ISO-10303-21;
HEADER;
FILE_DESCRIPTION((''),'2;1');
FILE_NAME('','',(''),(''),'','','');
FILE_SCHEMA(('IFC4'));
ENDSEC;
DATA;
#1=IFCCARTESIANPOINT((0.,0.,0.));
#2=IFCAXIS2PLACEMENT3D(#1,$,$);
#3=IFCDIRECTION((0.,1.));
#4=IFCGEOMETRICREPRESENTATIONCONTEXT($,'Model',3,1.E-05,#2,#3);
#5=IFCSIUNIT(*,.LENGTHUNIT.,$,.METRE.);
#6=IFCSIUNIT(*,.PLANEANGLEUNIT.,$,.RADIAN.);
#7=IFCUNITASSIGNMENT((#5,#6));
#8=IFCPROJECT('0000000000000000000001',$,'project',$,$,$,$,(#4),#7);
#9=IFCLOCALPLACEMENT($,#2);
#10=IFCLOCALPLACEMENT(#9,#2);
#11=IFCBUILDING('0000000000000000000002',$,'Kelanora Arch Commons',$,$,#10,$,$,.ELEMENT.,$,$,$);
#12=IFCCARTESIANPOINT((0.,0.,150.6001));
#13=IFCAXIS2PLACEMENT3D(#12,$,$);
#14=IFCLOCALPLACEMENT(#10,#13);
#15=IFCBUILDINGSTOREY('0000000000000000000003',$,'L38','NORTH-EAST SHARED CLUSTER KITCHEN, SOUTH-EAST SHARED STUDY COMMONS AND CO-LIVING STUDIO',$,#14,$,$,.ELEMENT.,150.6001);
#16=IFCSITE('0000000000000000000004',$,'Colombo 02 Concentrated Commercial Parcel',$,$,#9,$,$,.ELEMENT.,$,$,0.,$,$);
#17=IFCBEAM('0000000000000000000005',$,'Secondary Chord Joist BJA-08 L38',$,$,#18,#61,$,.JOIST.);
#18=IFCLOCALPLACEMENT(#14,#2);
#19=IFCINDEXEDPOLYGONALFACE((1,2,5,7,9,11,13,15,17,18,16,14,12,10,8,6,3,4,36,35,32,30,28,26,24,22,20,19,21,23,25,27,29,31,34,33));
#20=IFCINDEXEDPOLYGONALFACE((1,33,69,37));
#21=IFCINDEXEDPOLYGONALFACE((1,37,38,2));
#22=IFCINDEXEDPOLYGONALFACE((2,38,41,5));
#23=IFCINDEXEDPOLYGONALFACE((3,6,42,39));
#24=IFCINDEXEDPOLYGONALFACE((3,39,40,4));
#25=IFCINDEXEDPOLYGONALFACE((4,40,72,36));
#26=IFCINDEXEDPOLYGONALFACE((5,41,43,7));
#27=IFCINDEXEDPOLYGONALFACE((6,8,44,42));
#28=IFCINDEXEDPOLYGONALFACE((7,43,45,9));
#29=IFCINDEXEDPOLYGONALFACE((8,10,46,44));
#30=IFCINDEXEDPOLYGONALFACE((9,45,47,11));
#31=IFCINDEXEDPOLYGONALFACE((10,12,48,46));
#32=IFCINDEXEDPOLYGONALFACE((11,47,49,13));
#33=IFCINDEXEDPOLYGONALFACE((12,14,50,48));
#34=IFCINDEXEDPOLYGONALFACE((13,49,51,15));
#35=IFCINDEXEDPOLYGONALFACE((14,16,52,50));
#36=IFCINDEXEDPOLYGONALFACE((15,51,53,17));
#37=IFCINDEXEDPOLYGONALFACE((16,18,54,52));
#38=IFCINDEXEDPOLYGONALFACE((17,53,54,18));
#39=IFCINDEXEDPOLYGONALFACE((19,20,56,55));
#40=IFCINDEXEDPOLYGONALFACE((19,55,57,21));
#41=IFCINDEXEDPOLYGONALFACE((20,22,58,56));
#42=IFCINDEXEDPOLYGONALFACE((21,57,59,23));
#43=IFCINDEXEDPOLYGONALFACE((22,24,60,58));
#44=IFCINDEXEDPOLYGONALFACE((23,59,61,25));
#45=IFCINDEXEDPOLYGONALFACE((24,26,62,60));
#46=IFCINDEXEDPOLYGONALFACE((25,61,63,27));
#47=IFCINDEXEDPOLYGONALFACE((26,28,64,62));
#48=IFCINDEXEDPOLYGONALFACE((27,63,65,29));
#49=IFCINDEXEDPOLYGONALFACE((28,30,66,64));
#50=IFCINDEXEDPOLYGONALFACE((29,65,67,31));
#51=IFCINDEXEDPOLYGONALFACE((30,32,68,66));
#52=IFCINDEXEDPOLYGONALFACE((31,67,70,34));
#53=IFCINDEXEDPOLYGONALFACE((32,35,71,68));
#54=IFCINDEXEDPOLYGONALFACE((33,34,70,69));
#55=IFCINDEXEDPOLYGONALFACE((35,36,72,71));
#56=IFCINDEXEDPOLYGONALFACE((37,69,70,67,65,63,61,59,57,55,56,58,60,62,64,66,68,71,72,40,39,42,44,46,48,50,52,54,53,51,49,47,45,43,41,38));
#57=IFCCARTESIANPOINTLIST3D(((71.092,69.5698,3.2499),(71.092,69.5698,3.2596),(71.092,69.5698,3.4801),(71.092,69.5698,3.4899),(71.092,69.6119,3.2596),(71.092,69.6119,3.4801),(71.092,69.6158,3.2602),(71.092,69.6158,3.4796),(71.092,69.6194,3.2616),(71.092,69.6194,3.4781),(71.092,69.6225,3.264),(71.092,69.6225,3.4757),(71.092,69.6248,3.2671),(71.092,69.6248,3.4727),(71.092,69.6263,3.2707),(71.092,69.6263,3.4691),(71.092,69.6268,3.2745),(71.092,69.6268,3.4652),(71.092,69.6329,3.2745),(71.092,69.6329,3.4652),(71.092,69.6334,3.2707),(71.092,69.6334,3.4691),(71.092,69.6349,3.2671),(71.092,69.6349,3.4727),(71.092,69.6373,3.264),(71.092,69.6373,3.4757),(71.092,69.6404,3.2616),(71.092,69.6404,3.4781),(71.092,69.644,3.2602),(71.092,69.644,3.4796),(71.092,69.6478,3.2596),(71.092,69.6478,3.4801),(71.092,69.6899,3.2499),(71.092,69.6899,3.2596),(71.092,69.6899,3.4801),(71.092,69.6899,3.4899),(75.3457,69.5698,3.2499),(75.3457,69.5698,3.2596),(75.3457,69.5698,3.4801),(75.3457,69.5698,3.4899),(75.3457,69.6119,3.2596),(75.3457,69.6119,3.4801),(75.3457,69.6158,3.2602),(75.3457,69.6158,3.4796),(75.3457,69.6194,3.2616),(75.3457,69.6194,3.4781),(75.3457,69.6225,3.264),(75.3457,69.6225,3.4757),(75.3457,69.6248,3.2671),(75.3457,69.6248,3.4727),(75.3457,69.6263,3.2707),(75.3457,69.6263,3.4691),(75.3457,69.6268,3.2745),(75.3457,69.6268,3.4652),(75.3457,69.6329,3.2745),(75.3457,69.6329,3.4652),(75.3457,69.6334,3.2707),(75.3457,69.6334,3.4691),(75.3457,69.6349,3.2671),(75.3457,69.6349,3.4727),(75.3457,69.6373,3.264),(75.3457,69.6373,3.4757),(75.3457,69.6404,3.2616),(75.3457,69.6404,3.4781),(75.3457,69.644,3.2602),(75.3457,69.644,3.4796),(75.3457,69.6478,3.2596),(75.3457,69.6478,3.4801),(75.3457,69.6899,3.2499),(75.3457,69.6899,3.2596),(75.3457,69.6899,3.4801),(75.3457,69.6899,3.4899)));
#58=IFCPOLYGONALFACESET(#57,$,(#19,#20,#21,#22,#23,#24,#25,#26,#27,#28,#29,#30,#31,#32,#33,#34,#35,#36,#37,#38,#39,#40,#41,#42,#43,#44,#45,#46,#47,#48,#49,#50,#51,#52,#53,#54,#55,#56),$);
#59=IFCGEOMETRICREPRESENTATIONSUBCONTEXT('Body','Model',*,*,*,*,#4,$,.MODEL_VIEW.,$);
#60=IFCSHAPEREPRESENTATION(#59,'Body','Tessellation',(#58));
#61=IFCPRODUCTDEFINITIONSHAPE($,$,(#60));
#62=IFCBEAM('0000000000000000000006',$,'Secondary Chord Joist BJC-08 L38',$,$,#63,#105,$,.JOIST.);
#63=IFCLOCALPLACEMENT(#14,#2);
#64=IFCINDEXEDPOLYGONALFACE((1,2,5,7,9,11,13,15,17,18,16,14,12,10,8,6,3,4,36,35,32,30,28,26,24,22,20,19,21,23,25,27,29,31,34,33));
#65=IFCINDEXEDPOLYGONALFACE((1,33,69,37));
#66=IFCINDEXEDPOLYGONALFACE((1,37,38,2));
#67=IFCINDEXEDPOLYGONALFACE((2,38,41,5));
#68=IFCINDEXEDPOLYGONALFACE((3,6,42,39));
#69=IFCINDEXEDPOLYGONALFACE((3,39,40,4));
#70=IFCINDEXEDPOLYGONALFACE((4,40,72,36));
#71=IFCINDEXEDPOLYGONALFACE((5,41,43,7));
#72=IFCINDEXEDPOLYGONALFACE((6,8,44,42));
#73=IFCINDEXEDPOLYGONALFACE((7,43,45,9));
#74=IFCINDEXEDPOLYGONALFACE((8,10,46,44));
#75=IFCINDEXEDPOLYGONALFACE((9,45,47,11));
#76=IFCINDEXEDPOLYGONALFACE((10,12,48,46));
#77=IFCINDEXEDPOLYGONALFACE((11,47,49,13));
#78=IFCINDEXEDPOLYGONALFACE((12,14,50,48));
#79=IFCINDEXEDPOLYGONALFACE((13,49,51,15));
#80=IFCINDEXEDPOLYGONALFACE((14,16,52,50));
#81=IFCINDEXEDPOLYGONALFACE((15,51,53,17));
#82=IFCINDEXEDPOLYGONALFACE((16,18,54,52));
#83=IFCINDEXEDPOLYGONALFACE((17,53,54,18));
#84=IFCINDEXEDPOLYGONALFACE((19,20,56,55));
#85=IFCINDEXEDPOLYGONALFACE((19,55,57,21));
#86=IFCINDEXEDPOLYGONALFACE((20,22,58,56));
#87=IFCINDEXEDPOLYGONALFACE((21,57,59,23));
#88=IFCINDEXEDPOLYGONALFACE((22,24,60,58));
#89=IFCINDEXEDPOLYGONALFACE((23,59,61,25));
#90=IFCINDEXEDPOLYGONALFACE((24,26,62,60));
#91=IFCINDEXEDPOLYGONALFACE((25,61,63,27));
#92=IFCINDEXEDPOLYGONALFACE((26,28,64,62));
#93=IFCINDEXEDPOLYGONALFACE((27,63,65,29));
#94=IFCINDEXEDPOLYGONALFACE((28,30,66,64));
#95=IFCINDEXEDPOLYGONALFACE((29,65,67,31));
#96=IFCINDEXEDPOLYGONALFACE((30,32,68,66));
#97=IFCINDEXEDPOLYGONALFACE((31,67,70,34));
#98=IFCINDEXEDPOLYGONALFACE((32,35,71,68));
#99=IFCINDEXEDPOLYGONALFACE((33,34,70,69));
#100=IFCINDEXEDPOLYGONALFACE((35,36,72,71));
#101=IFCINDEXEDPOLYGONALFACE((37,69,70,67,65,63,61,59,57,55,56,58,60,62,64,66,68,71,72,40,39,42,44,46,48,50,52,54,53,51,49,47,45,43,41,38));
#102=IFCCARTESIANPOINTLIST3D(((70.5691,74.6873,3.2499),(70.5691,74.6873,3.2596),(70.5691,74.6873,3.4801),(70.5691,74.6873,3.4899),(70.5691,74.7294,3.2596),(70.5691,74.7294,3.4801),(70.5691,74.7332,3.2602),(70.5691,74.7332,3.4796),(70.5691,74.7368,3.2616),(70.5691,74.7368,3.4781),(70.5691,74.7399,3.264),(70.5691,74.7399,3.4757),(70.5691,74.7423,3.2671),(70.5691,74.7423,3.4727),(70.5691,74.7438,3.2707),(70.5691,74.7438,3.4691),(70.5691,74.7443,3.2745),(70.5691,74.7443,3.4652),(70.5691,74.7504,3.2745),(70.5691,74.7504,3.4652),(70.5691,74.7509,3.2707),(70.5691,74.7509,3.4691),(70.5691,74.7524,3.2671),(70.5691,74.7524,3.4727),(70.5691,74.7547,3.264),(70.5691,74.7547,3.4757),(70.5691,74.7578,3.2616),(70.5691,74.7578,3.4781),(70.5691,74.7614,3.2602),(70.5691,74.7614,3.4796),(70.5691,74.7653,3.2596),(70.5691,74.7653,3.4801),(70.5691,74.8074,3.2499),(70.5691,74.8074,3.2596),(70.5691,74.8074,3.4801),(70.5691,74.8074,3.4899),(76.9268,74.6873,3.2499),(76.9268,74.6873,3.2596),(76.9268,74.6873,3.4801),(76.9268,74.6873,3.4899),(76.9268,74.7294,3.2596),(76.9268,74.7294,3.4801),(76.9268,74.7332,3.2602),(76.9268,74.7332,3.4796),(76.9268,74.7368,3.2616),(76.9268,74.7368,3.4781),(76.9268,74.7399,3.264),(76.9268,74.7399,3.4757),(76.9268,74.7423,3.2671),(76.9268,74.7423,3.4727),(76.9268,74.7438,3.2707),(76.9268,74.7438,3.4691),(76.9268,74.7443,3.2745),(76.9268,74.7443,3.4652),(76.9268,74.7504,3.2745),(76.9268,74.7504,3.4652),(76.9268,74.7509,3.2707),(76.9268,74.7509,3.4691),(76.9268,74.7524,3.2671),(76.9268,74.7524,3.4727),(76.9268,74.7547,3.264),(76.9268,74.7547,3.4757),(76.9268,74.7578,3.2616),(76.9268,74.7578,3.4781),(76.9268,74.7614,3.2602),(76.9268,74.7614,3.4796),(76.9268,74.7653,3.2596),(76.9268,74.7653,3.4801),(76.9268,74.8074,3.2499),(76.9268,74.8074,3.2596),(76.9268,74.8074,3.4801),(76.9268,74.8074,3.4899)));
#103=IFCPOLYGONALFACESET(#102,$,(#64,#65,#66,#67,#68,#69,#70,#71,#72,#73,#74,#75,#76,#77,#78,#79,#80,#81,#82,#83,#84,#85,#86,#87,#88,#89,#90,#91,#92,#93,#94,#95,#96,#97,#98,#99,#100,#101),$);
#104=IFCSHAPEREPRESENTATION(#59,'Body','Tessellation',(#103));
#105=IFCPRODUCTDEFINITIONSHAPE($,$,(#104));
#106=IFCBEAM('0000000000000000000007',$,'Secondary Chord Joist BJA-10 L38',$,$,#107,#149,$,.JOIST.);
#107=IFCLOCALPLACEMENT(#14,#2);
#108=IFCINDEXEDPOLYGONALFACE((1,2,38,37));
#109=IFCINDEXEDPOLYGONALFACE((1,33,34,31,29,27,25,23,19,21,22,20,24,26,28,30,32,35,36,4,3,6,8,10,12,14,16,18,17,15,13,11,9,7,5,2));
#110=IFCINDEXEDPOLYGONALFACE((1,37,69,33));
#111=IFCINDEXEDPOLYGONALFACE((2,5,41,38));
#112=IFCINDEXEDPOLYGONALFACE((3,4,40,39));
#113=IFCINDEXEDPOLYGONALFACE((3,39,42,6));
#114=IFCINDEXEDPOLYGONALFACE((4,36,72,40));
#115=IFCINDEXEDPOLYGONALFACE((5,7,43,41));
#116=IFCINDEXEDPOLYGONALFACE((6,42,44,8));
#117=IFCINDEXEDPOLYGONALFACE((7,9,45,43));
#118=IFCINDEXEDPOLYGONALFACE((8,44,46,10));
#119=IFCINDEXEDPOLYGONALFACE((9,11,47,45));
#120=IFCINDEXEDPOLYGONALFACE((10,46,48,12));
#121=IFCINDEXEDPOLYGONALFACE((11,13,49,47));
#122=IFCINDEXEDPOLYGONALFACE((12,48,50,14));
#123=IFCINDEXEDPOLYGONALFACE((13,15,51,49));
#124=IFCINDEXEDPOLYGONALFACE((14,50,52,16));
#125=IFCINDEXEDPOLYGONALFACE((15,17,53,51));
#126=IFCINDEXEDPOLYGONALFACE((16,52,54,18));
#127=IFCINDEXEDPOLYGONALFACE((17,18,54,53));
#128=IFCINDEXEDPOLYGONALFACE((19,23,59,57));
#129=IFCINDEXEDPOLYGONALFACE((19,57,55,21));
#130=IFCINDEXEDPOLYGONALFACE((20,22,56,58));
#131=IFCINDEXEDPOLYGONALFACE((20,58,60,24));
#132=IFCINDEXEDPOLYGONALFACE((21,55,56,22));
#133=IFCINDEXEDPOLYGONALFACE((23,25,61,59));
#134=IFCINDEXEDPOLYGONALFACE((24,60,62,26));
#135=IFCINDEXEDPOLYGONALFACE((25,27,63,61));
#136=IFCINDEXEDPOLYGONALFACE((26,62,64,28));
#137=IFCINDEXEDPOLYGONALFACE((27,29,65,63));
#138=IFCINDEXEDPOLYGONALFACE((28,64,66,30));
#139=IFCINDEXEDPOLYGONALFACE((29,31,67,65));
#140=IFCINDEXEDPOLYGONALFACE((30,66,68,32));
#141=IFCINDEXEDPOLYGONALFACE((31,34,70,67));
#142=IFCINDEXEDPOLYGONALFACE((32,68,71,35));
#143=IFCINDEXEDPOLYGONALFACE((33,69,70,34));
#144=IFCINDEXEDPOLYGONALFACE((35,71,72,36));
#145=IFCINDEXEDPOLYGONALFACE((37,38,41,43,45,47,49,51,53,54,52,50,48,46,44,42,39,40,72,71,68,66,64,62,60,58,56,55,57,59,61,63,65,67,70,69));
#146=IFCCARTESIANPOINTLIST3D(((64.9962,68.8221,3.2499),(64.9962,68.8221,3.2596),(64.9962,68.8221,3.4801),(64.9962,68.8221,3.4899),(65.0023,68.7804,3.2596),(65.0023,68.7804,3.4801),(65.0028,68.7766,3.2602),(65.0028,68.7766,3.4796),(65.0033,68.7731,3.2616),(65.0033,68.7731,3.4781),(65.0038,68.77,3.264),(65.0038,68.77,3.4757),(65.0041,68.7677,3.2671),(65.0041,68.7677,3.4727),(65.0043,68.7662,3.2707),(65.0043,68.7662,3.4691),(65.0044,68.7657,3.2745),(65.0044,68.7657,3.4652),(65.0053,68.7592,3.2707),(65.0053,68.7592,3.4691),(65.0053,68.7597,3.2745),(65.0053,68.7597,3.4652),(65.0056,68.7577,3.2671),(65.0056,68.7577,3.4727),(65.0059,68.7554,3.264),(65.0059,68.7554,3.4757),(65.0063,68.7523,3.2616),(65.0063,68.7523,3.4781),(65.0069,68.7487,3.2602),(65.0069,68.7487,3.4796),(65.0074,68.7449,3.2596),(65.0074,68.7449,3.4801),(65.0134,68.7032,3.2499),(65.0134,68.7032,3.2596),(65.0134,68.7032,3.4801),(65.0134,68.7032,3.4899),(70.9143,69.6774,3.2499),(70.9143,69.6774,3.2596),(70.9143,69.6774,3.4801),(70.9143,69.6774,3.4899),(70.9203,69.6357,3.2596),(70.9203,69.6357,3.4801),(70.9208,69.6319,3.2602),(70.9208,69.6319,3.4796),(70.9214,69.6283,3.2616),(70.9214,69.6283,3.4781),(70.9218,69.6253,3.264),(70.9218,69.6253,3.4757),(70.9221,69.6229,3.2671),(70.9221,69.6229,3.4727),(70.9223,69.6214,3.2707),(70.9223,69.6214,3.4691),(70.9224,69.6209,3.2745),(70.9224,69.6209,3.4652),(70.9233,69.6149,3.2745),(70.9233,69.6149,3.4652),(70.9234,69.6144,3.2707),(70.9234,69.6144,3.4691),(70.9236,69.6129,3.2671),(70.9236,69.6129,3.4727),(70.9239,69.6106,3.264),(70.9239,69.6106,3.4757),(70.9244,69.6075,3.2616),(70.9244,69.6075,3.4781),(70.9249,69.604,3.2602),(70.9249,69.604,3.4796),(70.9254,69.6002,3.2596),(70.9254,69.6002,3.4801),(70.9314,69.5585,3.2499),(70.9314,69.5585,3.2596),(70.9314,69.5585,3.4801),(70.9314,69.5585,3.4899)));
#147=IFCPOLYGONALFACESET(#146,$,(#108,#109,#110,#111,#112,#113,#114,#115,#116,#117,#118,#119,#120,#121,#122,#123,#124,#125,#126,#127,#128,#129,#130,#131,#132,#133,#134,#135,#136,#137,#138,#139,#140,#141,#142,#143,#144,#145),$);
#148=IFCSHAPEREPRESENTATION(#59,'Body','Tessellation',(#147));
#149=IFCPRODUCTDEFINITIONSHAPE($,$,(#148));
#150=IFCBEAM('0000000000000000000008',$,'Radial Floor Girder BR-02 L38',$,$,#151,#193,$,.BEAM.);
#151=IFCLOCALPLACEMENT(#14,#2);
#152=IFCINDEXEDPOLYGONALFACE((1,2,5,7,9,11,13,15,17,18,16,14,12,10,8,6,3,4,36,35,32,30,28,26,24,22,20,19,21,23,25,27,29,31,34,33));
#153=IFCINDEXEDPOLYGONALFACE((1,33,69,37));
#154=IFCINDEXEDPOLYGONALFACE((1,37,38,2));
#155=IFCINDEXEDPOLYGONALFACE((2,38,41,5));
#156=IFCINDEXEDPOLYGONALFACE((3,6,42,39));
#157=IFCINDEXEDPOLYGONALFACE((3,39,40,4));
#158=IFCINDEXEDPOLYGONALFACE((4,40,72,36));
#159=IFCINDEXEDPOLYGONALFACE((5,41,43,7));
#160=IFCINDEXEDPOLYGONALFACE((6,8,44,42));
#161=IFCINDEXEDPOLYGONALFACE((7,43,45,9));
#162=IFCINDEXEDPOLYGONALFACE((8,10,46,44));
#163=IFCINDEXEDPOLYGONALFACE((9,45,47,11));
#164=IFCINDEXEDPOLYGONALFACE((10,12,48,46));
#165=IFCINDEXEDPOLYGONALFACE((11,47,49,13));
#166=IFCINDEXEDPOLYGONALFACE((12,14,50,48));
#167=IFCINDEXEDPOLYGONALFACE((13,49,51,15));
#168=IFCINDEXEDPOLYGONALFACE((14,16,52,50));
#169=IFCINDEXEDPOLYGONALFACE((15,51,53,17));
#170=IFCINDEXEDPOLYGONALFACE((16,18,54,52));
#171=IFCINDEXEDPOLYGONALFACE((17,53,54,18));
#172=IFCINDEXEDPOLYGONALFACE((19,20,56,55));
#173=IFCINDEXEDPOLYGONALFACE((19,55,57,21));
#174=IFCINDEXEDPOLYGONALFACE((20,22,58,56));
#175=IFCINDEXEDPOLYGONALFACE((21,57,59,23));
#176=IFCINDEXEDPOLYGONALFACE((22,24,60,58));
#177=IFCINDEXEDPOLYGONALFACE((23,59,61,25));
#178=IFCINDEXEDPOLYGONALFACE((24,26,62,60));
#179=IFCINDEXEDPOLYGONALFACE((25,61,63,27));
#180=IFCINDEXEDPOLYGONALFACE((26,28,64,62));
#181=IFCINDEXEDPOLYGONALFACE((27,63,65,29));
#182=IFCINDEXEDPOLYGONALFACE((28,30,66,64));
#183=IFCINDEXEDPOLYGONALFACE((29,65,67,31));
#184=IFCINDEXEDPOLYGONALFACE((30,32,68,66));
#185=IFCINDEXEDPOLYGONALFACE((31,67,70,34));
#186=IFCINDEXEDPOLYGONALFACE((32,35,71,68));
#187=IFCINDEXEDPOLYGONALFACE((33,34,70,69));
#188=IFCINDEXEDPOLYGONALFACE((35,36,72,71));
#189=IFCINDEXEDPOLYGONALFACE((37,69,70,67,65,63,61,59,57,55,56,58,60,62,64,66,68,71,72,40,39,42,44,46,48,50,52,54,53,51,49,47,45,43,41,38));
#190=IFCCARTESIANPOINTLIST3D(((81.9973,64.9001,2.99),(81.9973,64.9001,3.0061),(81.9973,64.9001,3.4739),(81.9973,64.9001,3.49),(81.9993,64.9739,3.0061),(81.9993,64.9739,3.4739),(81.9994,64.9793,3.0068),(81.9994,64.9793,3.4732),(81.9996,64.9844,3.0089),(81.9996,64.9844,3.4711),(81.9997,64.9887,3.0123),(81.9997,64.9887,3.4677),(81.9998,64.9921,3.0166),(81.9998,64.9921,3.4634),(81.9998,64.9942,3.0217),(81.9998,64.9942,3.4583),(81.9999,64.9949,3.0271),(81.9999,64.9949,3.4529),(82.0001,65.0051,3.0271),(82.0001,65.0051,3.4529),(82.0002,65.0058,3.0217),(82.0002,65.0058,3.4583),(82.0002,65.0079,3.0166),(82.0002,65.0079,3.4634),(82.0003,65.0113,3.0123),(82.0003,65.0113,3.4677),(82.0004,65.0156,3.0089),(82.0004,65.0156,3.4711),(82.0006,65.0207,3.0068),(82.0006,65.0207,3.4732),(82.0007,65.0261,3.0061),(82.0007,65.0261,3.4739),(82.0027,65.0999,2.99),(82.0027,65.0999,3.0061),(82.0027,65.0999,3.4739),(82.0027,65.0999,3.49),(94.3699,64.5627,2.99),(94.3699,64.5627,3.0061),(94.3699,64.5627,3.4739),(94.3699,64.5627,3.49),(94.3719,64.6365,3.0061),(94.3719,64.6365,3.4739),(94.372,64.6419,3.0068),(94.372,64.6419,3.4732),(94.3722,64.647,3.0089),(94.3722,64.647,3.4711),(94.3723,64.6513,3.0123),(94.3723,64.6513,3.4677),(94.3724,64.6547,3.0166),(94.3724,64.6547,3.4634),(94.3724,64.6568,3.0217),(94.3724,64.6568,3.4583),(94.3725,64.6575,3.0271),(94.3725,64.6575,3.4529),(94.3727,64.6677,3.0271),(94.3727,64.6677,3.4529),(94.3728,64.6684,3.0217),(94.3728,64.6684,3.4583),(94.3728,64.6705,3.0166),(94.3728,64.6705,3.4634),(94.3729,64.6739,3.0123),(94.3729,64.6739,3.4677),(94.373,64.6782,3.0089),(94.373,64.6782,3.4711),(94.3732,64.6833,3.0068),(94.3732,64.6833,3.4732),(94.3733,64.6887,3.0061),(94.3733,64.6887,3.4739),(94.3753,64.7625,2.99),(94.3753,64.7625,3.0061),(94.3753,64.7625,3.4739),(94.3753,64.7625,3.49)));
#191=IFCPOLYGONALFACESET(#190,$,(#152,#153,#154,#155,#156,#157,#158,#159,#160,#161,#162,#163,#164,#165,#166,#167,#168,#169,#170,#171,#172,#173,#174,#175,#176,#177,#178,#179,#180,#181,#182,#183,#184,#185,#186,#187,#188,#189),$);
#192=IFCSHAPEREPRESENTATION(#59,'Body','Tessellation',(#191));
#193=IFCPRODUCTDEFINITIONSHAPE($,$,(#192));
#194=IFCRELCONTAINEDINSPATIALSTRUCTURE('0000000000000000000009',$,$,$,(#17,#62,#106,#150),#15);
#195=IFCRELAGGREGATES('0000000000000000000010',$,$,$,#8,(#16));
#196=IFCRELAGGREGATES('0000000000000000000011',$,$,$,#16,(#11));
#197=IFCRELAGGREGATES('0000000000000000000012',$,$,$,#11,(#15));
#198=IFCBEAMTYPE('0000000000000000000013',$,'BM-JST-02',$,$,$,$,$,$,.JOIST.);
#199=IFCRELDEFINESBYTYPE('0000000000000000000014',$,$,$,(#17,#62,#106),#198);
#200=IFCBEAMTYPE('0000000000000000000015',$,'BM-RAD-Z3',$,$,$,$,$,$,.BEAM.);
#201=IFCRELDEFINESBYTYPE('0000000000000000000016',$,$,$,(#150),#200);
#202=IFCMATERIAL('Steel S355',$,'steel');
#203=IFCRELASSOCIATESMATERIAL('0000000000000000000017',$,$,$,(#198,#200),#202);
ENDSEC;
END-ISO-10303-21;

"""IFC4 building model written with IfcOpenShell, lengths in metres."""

from ifc_helpers import new_model, si_unit, direction, frame, origin, origin_2d, place, context, subcontext, project, spatial, i_section, extrude, material, material_profile, profile_set, type_object, element, save


model = new_model("IFC4")

# Units and contexts
model_context = context("Model", 3, precision=1e-05, world=origin(), true_north=direction((0.0, 1.0)))
body_context = subcontext(model_context, "Body", "Model", "MODEL_VIEW")
ifc_project = project(units=[si_unit("LENGTHUNIT", "METRE"), si_unit("PLANEANGLEUNIT", "RADIAN")], contexts=[model_context])

# Site, building, storey
site_placement = place(None, origin())
site = spatial("IfcSite", under=ifc_project, at=site_placement, Name="Colombo 02 Concentrated Commercial Parcel", CompositionType="ELEMENT", RefElevation=0.0)
building_placement = place(site_placement, origin())
building = spatial("IfcBuilding", under=site, at=building_placement, Name="Kelanora Arch Commons", CompositionType="ELEMENT")
storey_placement = place(building_placement, frame((0.0, 0.0, 150.6001)))
storey = spatial("IfcBuildingStorey", under=building, at=storey_placement, Name="L38", Description="NORTH-EAST SHARED CLUSTER KITCHEN, SOUTH-EAST SHARED STUDY COMMONS AND CO-LIVING STUDIO", CompositionType="ELEMENT", Elevation=150.6001)

# Beams
ifc_material_1 = material(Name="Steel S355", Category="steel")
ifc_material_profile_1 = material_profile(ifc_material_1, i_section(OverallWidth=0.1201, OverallDepth=0.24, WebThickness=0.0061, FlangeThickness=0.0098, FilletRadius=0.0149, at=origin_2d()), Name="IPE240")
ifc_profile_set_1 = profile_set([ifc_material_profile_1], Name="Steel S355")
beam_type_1 = type_object("IfcBeamType", Name="BM-JST-02", PredefinedType="JOIST", material=ifc_profile_set_1)
beam_1_placement = place(storey_placement, frame((75.3457, 69.6299, 3.3699), z_axis=(-1.0, 0.0, 0.0), x_axis=(0.0, -1.0, 0.0)))
element("IfcBeam", 1, at=beam_1_placement, inside=storey, type_object=beam_type_1, Name="Secondary Chord Joist BJA-08 L38", PredefinedType="JOIST", context=body_context, shape_type="SweptSolid", body=[
    extrude(i_section(OverallWidth=0.1201, OverallDepth=0.24, WebThickness=0.0061, FlangeThickness=0.0098, FilletRadius=0.0149, at=origin_2d()), origin(), (0.0, 0.0, 1.0), 4.2537),
])
beam_2_placement = place(storey_placement, frame((76.9268, 74.7473, 3.3699), z_axis=(-1.0, 0.0, 0.0), x_axis=(0.0, -1.0, 0.0)))
element("IfcBeam", 2, at=beam_2_placement, inside=storey, type_object=beam_type_1, Name="Secondary Chord Joist BJC-08 L38", PredefinedType="JOIST", context=body_context, shape_type="SweptSolid", body=[
    extrude(i_section(OverallWidth=0.1201, OverallDepth=0.24, WebThickness=0.0061, FlangeThickness=0.0098, FilletRadius=0.0149, at=origin_2d()), origin(), (0.0, 0.0, 1.0), 6.3577),
])
beam_3_placement = place(storey_placement, frame((70.9229, 69.6179, 3.3699), z_axis=(-0.989719, -0.143027, 0.0), x_axis=(0.143027, -0.989719, 0.0)))
element("IfcBeam", 3, at=beam_3_placement, inside=storey, type_object=beam_type_1, Name="Secondary Chord Joist BJA-10 L38", PredefinedType="JOIST", context=body_context, shape_type="SweptSolid", body=[
    extrude(i_section(OverallWidth=0.1201, OverallDepth=0.24, WebThickness=0.0061, FlangeThickness=0.0098, FilletRadius=0.0149, at=origin_2d()), origin(), (0.0, 0.0, 1.0), 5.9795),
])
ifc_material_profile_2 = material_profile(ifc_material_1, i_section(OverallWidth=0.2, OverallDepth=0.5, WebThickness=0.0103, FlangeThickness=0.0161, FilletRadius=0.021, at=origin_2d()), Name="IPE500")
ifc_profile_set_2 = profile_set([ifc_material_profile_2], Name="Steel S355")
beam_type_2 = type_object("IfcBeamType", Name="BM-RAD-Z3", PredefinedType="BEAM", material=ifc_profile_set_2)
beam_4_placement = place(storey_placement, frame((82.0, 65.0, 3.24), z_axis=(0.999628, -0.02726, 0.0), x_axis=(0.02726, 0.999628, 0.0)))
element("IfcBeam", 4, at=beam_4_placement, inside=storey, type_object=beam_type_2, Name="Radial Floor Girder BR-02 L38", PredefinedType="BEAM", context=body_context, shape_type="SweptSolid", body=[
    extrude(i_section(OverallWidth=0.2, OverallDepth=0.5, WebThickness=0.0103, FlangeThickness=0.0161, FilletRadius=0.021, at=origin_2d()), origin(), (0.0, 0.0, 1.0), 12.3772),
])

save(model, "model.ifc")
